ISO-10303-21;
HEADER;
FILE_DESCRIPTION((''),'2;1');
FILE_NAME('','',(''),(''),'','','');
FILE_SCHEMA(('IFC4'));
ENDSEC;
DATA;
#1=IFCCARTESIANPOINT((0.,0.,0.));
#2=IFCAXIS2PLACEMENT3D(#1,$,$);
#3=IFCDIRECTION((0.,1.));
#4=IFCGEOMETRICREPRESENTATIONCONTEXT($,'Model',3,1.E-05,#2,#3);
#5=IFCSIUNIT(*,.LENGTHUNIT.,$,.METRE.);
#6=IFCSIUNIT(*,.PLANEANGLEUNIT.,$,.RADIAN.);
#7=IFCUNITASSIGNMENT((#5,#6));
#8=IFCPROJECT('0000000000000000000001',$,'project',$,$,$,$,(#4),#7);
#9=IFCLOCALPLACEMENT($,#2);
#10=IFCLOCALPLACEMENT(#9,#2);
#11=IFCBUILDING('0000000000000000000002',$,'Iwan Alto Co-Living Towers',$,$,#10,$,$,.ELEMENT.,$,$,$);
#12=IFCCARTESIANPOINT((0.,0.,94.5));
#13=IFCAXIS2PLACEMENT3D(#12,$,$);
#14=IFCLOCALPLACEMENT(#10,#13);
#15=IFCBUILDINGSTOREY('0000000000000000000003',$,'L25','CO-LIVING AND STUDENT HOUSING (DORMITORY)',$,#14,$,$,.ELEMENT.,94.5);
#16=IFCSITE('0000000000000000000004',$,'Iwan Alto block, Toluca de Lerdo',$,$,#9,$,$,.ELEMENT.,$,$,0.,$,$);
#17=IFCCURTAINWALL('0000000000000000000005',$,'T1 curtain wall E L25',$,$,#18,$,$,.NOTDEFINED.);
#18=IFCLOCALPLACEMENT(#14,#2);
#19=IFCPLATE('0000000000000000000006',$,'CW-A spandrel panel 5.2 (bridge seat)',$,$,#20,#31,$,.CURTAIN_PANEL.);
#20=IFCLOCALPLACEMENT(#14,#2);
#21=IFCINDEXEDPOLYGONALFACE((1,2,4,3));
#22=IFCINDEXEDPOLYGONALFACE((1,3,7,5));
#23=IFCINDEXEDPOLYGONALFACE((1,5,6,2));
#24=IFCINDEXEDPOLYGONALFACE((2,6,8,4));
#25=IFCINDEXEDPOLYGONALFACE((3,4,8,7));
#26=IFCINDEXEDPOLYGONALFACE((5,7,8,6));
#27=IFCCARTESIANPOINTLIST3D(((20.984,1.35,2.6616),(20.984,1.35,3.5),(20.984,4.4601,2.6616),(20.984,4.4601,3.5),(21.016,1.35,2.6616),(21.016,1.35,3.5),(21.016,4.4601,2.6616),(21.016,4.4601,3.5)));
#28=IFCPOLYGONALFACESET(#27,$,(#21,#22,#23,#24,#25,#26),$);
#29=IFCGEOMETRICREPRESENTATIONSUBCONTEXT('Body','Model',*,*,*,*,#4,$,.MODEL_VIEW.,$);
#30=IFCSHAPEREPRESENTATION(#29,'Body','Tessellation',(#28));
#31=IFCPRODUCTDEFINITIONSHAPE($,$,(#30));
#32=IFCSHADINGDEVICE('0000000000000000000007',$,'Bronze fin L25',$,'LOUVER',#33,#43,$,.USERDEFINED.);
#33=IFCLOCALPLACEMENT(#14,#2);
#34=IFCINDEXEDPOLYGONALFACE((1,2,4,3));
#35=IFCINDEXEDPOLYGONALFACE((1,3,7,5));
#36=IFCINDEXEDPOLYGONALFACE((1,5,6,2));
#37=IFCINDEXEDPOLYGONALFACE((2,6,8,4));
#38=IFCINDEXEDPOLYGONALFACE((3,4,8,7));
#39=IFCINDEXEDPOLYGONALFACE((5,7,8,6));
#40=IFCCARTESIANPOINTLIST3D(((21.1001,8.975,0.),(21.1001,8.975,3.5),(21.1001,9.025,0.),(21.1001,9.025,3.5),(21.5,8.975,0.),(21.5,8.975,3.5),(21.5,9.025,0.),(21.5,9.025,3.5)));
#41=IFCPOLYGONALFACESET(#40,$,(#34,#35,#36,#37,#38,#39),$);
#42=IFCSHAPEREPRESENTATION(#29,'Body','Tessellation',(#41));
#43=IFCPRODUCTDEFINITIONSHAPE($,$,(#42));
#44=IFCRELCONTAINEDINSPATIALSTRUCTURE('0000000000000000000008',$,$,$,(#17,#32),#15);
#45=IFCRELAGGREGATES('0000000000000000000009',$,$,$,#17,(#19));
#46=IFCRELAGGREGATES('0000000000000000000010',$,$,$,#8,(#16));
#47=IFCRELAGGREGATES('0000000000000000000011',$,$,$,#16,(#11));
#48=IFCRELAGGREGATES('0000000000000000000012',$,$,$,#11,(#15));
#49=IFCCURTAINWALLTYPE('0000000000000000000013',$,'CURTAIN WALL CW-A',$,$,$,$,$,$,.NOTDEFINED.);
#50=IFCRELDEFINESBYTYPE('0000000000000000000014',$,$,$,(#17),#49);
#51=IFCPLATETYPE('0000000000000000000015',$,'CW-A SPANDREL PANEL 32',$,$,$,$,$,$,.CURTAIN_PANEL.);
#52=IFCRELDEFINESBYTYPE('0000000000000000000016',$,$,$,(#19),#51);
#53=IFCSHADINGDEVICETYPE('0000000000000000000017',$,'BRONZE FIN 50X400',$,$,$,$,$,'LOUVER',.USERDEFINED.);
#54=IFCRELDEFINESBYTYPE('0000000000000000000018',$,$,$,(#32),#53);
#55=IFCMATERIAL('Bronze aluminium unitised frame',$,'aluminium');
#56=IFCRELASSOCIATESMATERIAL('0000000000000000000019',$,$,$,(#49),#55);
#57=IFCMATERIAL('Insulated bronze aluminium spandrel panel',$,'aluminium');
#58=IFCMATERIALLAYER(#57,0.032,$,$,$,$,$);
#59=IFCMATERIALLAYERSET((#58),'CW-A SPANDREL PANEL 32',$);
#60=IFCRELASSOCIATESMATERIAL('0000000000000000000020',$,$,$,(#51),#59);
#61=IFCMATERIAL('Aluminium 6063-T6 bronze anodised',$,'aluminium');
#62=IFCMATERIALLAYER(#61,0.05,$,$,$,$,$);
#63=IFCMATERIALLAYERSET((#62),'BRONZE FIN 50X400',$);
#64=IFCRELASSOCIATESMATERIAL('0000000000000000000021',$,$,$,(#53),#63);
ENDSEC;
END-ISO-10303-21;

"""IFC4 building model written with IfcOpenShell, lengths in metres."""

from ifc_helpers import new_model, si_unit, direction, frame, origin, origin_2d, place, context, subcontext, project, spatial, rectangle, extrude, material, layer, layer_set, type_object, element, aggregate, save


model = new_model("IFC4")

# Units and contexts
model_context = context("Model", 3, precision=1e-05, world=origin(), true_north=direction((0.0, 1.0)))
body_context = subcontext(model_context, "Body", "Model", "MODEL_VIEW")
ifc_project = project(units=[si_unit("LENGTHUNIT", "METRE"), si_unit("PLANEANGLEUNIT", "RADIAN")], contexts=[model_context])

# Site, building, storey
site_placement = place(None, origin())
site = spatial("IfcSite", under=ifc_project, at=site_placement, Name="Iwan Alto block, Toluca de Lerdo", CompositionType="ELEMENT", RefElevation=0.0)
building_placement = place(site_placement, origin())
building = spatial("IfcBuilding", under=site, at=building_placement, Name="Iwan Alto Co-Living Towers", CompositionType="ELEMENT")
storey_placement = place(building_placement, frame((0.0, 0.0, 94.5)))
storey = spatial("IfcBuildingStorey", under=building, at=storey_placement, Name="L25", Description="CO-LIVING AND STUDENT HOUSING (DORMITORY)", CompositionType="ELEMENT", Elevation=94.5)

# Curtain wall
ifc_material_1 = material(Name="Bronze aluminium unitised frame", Category="aluminium")
curtain_wall_type = type_object("IfcCurtainWallType", Name="CURTAIN WALL CW-A", PredefinedType="NOTDEFINED", material=ifc_material_1)
curtain_wall_placement = place(storey_placement, origin())
curtain_wall = element("IfcCurtainWall", 1, at=curtain_wall_placement, inside=storey, type_object=curtain_wall_type, Name="T1 curtain wall E L25", PredefinedType="NOTDEFINED")

# Plate
ifc_material_2 = material(Name="Insulated bronze aluminium spandrel panel", Category="aluminium")
ifc_layer_1 = layer(ifc_material_2, 0.032)
ifc_layer_set_1 = layer_set([ifc_layer_1], Name="CW-A SPANDREL PANEL 32")
plate_type_1 = type_object("IfcPlateType", Name="CW-A SPANDREL PANEL 32", PredefinedType="CURTAIN_PANEL", material=ifc_layer_set_1)
plate_1_placement = place(storey_placement, frame((21.0, 2.905, 2.6616), z_axis=(0.0, 0.0, 1.0), x_axis=(0.0, 1.0, 0.0)))
plate_1 = element("IfcPlate", 2, at=plate_1_placement, type_object=plate_type_1, Name="CW-A spandrel panel 5.2 (bridge seat)", PredefinedType="CURTAIN_PANEL", context=body_context, shape_type="SweptSolid", body=[
    extrude(rectangle(XDim=3.1101, YDim=0.032, at=origin_2d()), origin(), (0.0, 0.0, 1.0), 0.8384),
])
aggregate(curtain_wall, [plate_1])

# Shading device
ifc_material_3 = material(Name="Aluminium 6063-T6 bronze anodised", Category="aluminium")
ifc_layer_2 = layer(ifc_material_3, 0.05)
ifc_layer_set_2 = layer_set([ifc_layer_2], Name="BRONZE FIN 50X400")
shading_device_type = type_object("IfcShadingDeviceType", Name="BRONZE FIN 50X400", ElementType="LOUVER", PredefinedType="USERDEFINED", material=ifc_layer_set_2)
shading_device_placement = place(storey_placement, frame((21.3, 9.0, 0.0), z_axis=(0.0, 0.0, 1.0), x_axis=(0.0, 1.0, 0.0)))
element("IfcShadingDevice", 3, at=shading_device_placement, inside=storey, type_object=shading_device_type, Name="Bronze fin L25", ObjectType="LOUVER", PredefinedType="USERDEFINED", context=body_context, shape_type="SweptSolid", body=[
    extrude(rectangle(XDim=0.05, YDim=0.3999, at=origin_2d()), origin(), (0.0, 0.0, 1.0), 3.5),
])

save(model, "model.ifc")
